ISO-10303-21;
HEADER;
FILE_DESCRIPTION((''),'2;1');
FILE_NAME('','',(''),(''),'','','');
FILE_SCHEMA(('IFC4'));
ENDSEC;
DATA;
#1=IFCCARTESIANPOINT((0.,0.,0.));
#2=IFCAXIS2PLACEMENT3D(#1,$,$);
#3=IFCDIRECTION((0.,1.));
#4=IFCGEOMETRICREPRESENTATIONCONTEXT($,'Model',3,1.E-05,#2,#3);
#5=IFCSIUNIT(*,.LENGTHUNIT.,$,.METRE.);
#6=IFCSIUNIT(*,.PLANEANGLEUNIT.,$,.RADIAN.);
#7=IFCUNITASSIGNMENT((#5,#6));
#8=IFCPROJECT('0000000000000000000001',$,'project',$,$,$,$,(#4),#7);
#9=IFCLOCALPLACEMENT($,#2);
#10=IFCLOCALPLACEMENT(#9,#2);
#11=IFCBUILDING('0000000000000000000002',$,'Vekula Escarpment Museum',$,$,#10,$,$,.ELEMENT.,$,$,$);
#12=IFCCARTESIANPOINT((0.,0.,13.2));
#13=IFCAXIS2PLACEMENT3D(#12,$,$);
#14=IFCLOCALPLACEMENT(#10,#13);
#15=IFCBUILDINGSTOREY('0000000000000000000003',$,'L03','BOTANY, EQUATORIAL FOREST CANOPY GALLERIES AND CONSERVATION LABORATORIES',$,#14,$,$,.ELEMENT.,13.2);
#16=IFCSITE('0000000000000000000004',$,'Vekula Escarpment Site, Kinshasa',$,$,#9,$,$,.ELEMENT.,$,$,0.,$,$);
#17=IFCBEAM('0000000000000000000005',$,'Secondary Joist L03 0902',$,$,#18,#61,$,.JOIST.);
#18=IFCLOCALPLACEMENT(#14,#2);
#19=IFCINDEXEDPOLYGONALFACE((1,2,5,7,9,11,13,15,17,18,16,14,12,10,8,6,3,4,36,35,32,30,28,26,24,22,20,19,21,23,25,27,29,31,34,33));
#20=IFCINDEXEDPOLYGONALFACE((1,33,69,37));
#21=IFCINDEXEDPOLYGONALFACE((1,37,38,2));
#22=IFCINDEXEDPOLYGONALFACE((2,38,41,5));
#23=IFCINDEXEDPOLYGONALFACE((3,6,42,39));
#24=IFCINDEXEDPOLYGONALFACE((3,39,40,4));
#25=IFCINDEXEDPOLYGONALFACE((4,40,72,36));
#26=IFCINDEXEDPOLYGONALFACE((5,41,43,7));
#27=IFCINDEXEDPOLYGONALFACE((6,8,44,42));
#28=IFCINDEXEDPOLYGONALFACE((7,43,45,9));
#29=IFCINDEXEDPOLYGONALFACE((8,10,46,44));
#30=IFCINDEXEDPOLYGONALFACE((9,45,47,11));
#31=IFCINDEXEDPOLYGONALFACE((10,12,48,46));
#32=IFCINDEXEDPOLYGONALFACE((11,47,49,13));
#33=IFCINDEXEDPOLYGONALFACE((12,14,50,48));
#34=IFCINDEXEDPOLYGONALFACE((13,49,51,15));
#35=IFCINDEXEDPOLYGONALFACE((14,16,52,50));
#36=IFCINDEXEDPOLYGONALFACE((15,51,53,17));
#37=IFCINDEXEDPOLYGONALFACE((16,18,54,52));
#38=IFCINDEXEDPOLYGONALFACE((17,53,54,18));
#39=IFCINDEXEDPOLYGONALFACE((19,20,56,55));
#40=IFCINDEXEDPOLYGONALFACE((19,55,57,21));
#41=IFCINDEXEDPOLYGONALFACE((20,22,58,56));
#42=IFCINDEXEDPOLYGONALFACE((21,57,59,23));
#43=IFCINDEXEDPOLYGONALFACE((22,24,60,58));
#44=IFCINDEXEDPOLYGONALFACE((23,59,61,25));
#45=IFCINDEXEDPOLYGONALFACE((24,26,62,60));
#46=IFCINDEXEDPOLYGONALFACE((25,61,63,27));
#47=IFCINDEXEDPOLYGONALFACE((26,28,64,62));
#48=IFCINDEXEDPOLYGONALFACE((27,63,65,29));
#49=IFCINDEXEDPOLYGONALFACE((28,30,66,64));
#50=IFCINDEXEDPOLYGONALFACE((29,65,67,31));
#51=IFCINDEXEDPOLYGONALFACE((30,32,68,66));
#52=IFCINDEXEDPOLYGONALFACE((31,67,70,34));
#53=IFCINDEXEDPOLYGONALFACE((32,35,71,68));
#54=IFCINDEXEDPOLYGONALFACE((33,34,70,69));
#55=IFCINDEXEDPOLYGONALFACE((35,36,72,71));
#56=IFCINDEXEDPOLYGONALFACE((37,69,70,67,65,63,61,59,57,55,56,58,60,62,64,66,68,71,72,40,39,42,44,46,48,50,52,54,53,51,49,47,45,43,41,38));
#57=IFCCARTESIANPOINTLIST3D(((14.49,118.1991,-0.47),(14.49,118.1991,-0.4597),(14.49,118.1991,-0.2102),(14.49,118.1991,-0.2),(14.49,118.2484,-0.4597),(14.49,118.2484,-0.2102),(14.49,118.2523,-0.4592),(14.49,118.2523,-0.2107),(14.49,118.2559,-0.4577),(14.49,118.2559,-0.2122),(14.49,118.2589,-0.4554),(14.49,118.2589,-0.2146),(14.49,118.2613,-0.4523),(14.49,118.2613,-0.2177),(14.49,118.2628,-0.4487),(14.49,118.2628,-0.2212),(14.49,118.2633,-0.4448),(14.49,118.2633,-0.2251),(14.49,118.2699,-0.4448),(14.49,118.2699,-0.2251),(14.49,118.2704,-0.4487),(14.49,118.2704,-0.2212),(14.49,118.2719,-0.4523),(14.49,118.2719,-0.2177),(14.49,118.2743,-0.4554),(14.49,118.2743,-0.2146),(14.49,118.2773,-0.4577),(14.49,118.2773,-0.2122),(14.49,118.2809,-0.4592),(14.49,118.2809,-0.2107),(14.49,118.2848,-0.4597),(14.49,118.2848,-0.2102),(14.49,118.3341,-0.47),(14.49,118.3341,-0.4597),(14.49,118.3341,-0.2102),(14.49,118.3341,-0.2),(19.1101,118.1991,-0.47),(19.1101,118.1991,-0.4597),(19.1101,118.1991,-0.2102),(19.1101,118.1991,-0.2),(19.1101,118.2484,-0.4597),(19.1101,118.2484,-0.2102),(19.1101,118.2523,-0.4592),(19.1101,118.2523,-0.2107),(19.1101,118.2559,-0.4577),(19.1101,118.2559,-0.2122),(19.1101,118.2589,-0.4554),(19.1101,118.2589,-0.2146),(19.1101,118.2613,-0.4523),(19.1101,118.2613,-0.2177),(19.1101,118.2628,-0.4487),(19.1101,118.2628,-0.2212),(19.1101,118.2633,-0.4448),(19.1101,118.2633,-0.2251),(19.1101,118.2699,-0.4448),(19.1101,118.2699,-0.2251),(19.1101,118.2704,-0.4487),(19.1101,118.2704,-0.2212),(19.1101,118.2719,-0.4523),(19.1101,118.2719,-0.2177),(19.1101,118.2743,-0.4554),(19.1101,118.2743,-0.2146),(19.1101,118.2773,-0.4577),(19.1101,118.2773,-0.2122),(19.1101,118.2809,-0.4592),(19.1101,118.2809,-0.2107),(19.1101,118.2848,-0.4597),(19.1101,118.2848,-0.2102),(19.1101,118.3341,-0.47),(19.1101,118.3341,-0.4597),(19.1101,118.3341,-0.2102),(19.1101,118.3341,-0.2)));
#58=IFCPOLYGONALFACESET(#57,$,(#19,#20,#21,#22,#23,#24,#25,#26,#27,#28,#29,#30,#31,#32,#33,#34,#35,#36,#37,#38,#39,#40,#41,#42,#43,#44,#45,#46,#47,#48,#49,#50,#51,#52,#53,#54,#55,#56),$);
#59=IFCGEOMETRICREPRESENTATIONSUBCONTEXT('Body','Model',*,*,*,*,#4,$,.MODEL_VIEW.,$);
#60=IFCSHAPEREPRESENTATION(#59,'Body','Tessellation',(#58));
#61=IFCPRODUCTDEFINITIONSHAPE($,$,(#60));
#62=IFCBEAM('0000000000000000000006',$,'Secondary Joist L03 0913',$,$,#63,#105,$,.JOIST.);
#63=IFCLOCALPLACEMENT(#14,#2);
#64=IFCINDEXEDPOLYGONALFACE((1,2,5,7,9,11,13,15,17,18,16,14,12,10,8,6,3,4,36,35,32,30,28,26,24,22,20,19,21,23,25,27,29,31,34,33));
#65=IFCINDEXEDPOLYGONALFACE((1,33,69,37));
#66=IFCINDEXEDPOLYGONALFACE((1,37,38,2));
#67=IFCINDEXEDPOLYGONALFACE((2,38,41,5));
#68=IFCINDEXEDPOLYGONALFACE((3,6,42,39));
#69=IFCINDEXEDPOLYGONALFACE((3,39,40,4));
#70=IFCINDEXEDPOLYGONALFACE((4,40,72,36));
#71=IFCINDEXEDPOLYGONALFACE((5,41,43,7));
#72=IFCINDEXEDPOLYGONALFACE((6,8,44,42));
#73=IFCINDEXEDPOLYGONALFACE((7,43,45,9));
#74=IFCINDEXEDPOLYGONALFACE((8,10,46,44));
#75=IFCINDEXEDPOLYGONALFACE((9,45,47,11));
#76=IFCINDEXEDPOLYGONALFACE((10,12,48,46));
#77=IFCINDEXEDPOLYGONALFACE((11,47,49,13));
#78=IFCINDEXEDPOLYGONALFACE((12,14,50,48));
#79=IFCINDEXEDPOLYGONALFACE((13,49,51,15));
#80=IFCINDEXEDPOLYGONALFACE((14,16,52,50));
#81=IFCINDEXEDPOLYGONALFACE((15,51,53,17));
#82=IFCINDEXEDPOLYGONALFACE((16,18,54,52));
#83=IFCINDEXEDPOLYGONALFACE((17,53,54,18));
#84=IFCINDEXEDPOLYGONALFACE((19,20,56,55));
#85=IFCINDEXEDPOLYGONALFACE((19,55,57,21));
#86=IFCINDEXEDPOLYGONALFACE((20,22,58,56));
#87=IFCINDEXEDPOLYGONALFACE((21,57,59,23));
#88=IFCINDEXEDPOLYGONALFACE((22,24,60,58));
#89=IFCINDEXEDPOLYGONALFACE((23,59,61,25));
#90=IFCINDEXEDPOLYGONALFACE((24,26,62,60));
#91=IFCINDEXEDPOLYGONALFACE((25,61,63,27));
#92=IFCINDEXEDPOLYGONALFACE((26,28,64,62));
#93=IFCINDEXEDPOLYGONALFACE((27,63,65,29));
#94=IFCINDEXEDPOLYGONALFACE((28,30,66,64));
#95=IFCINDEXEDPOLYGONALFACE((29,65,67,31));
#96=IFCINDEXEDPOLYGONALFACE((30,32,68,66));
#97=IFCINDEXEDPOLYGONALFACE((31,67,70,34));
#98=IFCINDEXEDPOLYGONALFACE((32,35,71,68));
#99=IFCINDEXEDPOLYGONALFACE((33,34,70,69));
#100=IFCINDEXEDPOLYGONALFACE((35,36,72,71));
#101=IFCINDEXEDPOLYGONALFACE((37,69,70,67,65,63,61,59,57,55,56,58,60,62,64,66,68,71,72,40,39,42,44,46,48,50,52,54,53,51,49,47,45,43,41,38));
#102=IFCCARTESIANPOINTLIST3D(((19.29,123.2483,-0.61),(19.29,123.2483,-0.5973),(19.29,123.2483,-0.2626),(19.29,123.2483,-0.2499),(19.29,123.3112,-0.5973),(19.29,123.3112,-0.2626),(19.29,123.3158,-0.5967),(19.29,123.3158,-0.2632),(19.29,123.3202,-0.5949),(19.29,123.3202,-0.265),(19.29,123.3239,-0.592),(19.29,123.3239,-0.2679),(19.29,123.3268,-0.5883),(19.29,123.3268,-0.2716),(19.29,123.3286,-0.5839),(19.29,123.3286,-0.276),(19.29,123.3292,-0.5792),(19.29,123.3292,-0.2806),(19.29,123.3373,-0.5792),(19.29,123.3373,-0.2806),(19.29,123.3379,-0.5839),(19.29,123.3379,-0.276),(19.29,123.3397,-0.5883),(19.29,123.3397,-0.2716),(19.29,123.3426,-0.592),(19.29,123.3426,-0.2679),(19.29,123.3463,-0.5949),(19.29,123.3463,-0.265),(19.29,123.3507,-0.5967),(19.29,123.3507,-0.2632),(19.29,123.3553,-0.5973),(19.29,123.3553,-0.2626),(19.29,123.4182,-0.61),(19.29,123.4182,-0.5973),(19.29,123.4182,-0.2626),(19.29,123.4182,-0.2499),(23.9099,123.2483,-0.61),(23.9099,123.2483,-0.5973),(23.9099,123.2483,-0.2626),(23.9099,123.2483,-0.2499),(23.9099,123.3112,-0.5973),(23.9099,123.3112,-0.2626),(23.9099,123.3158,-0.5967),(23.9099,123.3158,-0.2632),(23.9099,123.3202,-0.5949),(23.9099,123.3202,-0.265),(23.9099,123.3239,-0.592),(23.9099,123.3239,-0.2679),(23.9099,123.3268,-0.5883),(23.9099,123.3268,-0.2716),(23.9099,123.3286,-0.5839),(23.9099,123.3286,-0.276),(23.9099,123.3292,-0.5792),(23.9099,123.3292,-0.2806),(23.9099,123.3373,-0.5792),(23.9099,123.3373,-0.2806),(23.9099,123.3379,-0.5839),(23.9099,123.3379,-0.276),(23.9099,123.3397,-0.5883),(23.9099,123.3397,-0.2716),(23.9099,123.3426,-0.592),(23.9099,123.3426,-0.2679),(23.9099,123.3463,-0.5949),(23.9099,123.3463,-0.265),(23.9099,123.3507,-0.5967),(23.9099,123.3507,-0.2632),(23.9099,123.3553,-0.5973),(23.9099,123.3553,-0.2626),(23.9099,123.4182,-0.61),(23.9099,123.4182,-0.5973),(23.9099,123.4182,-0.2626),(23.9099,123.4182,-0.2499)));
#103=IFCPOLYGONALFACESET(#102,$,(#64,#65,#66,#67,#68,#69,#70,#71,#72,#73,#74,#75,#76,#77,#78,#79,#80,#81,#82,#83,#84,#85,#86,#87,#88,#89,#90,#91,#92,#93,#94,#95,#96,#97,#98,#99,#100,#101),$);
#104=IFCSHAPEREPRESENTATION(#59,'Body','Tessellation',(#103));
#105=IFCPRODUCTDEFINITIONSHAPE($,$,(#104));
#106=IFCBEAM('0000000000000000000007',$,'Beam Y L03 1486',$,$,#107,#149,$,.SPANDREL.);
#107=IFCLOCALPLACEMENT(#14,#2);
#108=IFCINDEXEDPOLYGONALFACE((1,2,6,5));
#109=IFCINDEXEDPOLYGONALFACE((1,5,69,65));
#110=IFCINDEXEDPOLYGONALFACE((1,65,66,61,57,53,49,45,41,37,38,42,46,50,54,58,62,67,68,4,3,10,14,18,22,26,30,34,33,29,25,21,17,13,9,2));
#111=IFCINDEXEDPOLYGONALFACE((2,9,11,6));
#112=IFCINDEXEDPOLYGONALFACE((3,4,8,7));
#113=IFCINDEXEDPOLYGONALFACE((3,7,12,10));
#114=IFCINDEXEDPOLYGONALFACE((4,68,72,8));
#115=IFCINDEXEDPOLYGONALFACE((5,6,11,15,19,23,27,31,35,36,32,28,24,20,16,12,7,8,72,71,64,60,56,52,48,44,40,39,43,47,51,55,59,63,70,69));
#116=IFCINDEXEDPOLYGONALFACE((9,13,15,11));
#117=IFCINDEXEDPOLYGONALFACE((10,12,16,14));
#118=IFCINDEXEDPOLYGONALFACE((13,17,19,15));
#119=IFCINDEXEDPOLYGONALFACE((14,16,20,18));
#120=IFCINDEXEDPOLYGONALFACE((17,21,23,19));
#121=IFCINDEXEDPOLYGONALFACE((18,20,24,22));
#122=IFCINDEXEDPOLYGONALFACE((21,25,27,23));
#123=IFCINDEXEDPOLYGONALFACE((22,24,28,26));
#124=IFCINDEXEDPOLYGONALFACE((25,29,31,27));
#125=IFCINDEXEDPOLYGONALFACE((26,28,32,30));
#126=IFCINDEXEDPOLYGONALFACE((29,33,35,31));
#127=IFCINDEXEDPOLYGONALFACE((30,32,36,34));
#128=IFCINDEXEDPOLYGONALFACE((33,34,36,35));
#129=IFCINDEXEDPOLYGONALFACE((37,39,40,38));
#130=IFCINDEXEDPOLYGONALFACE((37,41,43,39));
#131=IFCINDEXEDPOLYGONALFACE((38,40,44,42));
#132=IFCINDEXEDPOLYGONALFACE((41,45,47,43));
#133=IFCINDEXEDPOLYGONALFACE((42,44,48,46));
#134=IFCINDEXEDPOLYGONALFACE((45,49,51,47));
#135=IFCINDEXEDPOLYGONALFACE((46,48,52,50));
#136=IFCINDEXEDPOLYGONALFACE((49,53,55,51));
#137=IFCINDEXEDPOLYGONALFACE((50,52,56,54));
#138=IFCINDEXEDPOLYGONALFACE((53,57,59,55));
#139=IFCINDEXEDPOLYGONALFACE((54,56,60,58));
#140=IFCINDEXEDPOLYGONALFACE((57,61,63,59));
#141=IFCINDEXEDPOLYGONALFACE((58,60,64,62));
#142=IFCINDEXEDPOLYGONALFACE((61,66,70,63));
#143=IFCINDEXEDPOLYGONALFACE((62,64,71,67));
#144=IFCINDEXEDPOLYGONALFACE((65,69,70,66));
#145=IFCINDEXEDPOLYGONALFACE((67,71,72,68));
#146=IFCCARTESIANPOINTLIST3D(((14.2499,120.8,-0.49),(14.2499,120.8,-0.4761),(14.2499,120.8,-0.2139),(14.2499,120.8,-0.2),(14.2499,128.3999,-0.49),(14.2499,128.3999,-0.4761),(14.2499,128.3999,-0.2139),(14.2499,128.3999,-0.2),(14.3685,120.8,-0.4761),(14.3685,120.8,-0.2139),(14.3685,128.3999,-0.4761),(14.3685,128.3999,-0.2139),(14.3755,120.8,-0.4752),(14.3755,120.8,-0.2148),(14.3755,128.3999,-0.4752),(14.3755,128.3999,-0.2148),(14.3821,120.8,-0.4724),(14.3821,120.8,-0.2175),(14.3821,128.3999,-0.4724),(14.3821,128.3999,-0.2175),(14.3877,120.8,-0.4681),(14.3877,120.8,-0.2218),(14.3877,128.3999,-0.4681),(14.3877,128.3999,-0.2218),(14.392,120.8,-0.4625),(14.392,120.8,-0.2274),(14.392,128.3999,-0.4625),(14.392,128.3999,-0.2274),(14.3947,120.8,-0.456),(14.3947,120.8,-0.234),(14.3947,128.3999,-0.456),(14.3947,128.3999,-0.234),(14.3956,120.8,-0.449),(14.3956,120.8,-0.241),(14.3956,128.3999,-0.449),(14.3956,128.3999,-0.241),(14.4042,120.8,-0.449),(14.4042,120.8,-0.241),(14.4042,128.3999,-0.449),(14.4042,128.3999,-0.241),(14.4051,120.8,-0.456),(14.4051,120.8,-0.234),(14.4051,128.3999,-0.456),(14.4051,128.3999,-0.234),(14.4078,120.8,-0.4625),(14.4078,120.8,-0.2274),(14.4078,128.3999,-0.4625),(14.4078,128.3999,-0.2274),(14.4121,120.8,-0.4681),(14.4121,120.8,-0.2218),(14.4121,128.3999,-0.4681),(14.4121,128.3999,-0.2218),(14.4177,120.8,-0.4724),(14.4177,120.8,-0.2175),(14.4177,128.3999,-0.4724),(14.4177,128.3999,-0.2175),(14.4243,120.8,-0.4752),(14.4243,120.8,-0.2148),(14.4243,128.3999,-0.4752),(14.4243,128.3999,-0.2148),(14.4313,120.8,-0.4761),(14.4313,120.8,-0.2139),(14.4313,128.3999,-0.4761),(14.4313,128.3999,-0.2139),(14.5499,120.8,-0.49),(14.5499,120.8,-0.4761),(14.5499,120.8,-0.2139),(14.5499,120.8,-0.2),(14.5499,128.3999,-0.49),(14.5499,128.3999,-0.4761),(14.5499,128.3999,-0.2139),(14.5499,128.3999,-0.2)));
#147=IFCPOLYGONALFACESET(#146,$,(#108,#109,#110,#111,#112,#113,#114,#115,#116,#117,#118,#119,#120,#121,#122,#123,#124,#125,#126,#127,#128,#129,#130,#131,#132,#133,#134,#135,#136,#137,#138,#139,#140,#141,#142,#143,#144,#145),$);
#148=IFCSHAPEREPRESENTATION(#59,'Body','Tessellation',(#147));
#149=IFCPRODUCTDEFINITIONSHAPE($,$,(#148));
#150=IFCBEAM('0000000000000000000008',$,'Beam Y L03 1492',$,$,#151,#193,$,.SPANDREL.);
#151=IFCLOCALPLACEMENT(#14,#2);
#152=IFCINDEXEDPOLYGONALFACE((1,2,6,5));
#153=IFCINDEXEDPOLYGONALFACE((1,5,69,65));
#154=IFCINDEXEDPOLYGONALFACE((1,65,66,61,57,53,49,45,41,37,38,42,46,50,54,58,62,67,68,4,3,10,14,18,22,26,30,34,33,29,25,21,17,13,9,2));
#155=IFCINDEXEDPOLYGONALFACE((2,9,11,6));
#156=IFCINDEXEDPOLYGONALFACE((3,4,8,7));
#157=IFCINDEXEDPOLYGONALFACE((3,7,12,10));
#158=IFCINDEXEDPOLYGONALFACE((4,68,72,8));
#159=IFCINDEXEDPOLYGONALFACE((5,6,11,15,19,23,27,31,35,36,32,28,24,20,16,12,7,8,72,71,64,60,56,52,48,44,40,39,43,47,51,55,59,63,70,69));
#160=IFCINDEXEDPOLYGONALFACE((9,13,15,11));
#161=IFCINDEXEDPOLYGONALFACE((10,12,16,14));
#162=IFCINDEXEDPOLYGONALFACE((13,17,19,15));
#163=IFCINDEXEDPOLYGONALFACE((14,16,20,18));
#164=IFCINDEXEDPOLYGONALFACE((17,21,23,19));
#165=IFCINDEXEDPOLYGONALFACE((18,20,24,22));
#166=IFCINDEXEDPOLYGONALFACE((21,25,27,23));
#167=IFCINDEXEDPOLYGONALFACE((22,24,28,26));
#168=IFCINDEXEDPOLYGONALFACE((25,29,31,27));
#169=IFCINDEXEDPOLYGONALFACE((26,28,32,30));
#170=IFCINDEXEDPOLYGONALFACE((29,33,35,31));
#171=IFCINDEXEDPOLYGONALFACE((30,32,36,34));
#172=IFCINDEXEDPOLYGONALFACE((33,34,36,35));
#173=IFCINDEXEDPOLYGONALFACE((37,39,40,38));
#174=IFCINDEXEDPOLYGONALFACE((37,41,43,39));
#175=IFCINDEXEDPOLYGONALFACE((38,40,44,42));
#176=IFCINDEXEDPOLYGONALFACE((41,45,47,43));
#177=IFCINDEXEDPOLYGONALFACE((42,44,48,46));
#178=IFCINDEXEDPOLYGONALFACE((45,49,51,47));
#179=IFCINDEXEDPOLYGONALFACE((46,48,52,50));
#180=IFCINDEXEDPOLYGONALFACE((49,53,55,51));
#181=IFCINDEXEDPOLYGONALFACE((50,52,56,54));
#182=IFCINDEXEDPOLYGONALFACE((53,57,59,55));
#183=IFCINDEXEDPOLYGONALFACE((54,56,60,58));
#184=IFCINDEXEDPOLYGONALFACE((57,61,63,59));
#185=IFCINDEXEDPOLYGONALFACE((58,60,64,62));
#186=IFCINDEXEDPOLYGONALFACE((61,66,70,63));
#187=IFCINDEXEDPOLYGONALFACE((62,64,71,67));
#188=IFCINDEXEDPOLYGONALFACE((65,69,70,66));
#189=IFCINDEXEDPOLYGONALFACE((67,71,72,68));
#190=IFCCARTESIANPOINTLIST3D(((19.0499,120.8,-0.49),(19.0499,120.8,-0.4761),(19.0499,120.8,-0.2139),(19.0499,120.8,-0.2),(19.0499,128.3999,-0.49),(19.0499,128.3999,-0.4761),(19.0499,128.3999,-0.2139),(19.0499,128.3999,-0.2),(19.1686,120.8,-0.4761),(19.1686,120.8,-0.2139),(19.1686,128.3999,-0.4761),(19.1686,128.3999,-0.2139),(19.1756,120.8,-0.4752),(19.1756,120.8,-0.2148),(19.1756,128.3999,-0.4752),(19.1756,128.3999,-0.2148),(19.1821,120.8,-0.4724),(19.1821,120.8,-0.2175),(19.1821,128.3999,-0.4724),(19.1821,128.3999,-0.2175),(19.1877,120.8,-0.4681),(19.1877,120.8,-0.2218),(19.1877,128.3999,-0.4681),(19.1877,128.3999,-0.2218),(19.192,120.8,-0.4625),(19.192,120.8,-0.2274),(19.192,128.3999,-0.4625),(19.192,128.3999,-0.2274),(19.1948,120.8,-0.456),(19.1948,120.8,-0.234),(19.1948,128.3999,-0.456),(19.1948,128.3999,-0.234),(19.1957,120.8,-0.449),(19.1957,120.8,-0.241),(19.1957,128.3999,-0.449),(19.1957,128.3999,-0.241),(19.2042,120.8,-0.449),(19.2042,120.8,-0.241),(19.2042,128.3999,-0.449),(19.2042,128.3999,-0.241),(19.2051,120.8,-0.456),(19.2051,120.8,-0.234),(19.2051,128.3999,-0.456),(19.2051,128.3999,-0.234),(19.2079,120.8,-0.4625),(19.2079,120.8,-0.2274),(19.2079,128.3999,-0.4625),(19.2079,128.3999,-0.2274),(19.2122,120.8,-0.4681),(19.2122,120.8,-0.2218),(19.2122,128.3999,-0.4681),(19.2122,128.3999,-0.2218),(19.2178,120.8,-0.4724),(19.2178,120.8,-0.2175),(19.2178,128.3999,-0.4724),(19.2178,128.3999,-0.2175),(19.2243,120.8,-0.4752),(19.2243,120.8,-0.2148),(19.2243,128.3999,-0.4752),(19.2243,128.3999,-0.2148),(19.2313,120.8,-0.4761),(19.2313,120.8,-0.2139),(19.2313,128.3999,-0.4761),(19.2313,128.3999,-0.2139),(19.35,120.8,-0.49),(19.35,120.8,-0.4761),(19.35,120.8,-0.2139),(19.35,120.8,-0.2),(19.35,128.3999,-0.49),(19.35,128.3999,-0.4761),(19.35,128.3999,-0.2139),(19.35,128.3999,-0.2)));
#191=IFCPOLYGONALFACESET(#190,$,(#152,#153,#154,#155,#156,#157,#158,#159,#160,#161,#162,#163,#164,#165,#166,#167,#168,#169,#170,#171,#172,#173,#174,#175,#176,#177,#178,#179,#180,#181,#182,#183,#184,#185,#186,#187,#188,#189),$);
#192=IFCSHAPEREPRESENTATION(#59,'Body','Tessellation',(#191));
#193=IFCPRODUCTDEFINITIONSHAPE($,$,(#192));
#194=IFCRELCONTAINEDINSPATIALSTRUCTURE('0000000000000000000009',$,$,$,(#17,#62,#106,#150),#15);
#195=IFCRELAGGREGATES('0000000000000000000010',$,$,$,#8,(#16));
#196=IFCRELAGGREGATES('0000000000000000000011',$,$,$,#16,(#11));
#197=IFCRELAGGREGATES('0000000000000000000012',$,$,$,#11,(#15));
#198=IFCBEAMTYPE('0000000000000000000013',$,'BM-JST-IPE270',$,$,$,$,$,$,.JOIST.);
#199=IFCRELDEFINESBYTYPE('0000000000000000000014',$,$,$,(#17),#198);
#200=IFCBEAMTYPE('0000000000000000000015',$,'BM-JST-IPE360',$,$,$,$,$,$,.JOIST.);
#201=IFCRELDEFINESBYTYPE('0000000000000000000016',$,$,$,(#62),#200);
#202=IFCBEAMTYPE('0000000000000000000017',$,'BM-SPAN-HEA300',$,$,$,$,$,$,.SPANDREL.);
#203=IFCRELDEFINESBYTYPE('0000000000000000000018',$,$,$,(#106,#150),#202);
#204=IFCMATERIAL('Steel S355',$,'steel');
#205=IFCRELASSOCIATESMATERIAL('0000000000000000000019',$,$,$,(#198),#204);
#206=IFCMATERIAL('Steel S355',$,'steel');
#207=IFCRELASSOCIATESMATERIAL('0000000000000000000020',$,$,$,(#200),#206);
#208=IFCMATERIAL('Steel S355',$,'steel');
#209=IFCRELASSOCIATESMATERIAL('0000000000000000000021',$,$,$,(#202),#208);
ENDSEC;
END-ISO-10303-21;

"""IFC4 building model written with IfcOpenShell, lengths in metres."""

from ifc_helpers import new_model, si_unit, direction, frame, origin, origin_2d, place, context, subcontext, project, spatial, i_section, extrude, material, material_profile, profile_set, type_object, element, save


model = new_model("IFC4")

# Units and contexts
model_context = context("Model", 3, precision=1e-05, world=origin(), true_north=direction((0.0, 1.0)))
body_context = subcontext(model_context, "Body", "Model", "MODEL_VIEW")
ifc_project = project(units=[si_unit("LENGTHUNIT", "METRE"), si_unit("PLANEANGLEUNIT", "RADIAN")], contexts=[model_context])

# Site, building, storey
site_placement = place(None, origin())
site = spatial("IfcSite", under=ifc_project, at=site_placement, Name="Vekula Escarpment Site, Kinshasa", CompositionType="ELEMENT", RefElevation=0.0)
building_placement = place(site_placement, origin())
building = spatial("IfcBuilding", under=site, at=building_placement, Name="Vekula Escarpment Museum", CompositionType="ELEMENT")
storey_placement = place(building_placement, frame((0.0, 0.0, 13.2)))
storey = spatial("IfcBuildingStorey", under=building, at=storey_placement, Name="L03", Description="BOTANY, EQUATORIAL FOREST CANOPY GALLERIES AND CONSERVATION LABORATORIES", CompositionType="ELEMENT", Elevation=13.2)

# Beams
ifc_material_1 = material(Name="Steel S355", Category="steel")
ifc_material_profile_1 = material_profile(ifc_material_1, i_section(OverallWidth=0.135, OverallDepth=0.27, WebThickness=0.0066, FlangeThickness=0.0103, FilletRadius=0.0149, at=origin_2d()), Name="IPE 270")
ifc_profile_set_1 = profile_set([ifc_material_profile_1], Name="Steel S355")
beam_type_1 = type_object("IfcBeamType", Name="BM-JST-IPE270", PredefinedType="JOIST", material=ifc_profile_set_1)
beam_1_placement = place(storey_placement, frame((14.49, 118.2666, -0.335), z_axis=(1.0, 0.0, 0.0), x_axis=(0.0, 1.0, 0.0)))
element("IfcBeam", 1, at=beam_1_placement, inside=storey, type_object=beam_type_1, Name="Secondary Joist L03 0902", PredefinedType="JOIST", context=body_context, shape_type="SweptSolid", body=[
    extrude(i_section(OverallWidth=0.135, OverallDepth=0.27, WebThickness=0.0066, FlangeThickness=0.0103, FilletRadius=0.0149, at=origin_2d()), origin(), (0.0, 0.0, 1.0), 4.6201),
])
ifc_material_2 = material(Name="Steel S355", Category="steel")
ifc_material_profile_2 = material_profile(ifc_material_2, i_section(OverallWidth=0.1699, OverallDepth=0.3601, WebThickness=0.0081, FlangeThickness=0.0127, FilletRadius=0.0181, at=origin_2d()), Name="IPE 360")
ifc_profile_set_2 = profile_set([ifc_material_profile_2], Name="Steel S355")
beam_type_2 = type_object("IfcBeamType", Name="BM-JST-IPE360", PredefinedType="JOIST", material=ifc_profile_set_2)
beam_2_placement = place(storey_placement, frame((19.29, 123.3333, -0.4299), z_axis=(1.0, 0.0, 0.0), x_axis=(0.0, 1.0, 0.0)))
element("IfcBeam", 2, at=beam_2_placement, inside=storey, type_object=beam_type_2, Name="Secondary Joist L03 0913", PredefinedType="JOIST", context=body_context, shape_type="SweptSolid", body=[
    extrude(i_section(OverallWidth=0.1699, OverallDepth=0.3601, WebThickness=0.0081, FlangeThickness=0.0127, FilletRadius=0.0181, at=origin_2d()), origin(), (0.0, 0.0, 1.0), 4.6199),
])
ifc_material_3 = material(Name="Steel S355", Category="steel")
ifc_material_profile_3 = material_profile(ifc_material_3, i_section(OverallWidth=0.3, OverallDepth=0.29, WebThickness=0.0085, FlangeThickness=0.0139, FilletRadius=0.0271, at=origin_2d()), Name="HEA 300")
ifc_profile_set_3 = profile_set([ifc_material_profile_3], Name="Steel S355")
beam_type_3 = type_object("IfcBeamType", Name="BM-SPAN-HEA300", PredefinedType="SPANDREL", material=ifc_profile_set_3)
for number, where, z_axis, x_axis, name in (
    (3, (14.3999, 120.8, -0.345), (0.0, 1.0, 0.0), (-1.0, 0.0, 0.0), "Beam Y L03 1486"),
    (4, (19.2, 120.8, -0.345), (0.0, 1.0, 0.0), (-1.0, 0.0, 0.0), "Beam Y L03 1492"),
):
    element("IfcBeam", number, at=place(storey_placement, frame(where, z_axis=z_axis, x_axis=x_axis)), inside=storey, type_object=beam_type_3, Name=name, PredefinedType="SPANDREL", context=body_context, shape_type="SweptSolid", body=[
        extrude(i_section(OverallWidth=0.3, OverallDepth=0.29, WebThickness=0.0085, FlangeThickness=0.0139, FilletRadius=0.0271, at=origin_2d()), origin(), (0.0, 0.0, 1.0), 7.5999),
    ])

save(model, "model.ifc")
